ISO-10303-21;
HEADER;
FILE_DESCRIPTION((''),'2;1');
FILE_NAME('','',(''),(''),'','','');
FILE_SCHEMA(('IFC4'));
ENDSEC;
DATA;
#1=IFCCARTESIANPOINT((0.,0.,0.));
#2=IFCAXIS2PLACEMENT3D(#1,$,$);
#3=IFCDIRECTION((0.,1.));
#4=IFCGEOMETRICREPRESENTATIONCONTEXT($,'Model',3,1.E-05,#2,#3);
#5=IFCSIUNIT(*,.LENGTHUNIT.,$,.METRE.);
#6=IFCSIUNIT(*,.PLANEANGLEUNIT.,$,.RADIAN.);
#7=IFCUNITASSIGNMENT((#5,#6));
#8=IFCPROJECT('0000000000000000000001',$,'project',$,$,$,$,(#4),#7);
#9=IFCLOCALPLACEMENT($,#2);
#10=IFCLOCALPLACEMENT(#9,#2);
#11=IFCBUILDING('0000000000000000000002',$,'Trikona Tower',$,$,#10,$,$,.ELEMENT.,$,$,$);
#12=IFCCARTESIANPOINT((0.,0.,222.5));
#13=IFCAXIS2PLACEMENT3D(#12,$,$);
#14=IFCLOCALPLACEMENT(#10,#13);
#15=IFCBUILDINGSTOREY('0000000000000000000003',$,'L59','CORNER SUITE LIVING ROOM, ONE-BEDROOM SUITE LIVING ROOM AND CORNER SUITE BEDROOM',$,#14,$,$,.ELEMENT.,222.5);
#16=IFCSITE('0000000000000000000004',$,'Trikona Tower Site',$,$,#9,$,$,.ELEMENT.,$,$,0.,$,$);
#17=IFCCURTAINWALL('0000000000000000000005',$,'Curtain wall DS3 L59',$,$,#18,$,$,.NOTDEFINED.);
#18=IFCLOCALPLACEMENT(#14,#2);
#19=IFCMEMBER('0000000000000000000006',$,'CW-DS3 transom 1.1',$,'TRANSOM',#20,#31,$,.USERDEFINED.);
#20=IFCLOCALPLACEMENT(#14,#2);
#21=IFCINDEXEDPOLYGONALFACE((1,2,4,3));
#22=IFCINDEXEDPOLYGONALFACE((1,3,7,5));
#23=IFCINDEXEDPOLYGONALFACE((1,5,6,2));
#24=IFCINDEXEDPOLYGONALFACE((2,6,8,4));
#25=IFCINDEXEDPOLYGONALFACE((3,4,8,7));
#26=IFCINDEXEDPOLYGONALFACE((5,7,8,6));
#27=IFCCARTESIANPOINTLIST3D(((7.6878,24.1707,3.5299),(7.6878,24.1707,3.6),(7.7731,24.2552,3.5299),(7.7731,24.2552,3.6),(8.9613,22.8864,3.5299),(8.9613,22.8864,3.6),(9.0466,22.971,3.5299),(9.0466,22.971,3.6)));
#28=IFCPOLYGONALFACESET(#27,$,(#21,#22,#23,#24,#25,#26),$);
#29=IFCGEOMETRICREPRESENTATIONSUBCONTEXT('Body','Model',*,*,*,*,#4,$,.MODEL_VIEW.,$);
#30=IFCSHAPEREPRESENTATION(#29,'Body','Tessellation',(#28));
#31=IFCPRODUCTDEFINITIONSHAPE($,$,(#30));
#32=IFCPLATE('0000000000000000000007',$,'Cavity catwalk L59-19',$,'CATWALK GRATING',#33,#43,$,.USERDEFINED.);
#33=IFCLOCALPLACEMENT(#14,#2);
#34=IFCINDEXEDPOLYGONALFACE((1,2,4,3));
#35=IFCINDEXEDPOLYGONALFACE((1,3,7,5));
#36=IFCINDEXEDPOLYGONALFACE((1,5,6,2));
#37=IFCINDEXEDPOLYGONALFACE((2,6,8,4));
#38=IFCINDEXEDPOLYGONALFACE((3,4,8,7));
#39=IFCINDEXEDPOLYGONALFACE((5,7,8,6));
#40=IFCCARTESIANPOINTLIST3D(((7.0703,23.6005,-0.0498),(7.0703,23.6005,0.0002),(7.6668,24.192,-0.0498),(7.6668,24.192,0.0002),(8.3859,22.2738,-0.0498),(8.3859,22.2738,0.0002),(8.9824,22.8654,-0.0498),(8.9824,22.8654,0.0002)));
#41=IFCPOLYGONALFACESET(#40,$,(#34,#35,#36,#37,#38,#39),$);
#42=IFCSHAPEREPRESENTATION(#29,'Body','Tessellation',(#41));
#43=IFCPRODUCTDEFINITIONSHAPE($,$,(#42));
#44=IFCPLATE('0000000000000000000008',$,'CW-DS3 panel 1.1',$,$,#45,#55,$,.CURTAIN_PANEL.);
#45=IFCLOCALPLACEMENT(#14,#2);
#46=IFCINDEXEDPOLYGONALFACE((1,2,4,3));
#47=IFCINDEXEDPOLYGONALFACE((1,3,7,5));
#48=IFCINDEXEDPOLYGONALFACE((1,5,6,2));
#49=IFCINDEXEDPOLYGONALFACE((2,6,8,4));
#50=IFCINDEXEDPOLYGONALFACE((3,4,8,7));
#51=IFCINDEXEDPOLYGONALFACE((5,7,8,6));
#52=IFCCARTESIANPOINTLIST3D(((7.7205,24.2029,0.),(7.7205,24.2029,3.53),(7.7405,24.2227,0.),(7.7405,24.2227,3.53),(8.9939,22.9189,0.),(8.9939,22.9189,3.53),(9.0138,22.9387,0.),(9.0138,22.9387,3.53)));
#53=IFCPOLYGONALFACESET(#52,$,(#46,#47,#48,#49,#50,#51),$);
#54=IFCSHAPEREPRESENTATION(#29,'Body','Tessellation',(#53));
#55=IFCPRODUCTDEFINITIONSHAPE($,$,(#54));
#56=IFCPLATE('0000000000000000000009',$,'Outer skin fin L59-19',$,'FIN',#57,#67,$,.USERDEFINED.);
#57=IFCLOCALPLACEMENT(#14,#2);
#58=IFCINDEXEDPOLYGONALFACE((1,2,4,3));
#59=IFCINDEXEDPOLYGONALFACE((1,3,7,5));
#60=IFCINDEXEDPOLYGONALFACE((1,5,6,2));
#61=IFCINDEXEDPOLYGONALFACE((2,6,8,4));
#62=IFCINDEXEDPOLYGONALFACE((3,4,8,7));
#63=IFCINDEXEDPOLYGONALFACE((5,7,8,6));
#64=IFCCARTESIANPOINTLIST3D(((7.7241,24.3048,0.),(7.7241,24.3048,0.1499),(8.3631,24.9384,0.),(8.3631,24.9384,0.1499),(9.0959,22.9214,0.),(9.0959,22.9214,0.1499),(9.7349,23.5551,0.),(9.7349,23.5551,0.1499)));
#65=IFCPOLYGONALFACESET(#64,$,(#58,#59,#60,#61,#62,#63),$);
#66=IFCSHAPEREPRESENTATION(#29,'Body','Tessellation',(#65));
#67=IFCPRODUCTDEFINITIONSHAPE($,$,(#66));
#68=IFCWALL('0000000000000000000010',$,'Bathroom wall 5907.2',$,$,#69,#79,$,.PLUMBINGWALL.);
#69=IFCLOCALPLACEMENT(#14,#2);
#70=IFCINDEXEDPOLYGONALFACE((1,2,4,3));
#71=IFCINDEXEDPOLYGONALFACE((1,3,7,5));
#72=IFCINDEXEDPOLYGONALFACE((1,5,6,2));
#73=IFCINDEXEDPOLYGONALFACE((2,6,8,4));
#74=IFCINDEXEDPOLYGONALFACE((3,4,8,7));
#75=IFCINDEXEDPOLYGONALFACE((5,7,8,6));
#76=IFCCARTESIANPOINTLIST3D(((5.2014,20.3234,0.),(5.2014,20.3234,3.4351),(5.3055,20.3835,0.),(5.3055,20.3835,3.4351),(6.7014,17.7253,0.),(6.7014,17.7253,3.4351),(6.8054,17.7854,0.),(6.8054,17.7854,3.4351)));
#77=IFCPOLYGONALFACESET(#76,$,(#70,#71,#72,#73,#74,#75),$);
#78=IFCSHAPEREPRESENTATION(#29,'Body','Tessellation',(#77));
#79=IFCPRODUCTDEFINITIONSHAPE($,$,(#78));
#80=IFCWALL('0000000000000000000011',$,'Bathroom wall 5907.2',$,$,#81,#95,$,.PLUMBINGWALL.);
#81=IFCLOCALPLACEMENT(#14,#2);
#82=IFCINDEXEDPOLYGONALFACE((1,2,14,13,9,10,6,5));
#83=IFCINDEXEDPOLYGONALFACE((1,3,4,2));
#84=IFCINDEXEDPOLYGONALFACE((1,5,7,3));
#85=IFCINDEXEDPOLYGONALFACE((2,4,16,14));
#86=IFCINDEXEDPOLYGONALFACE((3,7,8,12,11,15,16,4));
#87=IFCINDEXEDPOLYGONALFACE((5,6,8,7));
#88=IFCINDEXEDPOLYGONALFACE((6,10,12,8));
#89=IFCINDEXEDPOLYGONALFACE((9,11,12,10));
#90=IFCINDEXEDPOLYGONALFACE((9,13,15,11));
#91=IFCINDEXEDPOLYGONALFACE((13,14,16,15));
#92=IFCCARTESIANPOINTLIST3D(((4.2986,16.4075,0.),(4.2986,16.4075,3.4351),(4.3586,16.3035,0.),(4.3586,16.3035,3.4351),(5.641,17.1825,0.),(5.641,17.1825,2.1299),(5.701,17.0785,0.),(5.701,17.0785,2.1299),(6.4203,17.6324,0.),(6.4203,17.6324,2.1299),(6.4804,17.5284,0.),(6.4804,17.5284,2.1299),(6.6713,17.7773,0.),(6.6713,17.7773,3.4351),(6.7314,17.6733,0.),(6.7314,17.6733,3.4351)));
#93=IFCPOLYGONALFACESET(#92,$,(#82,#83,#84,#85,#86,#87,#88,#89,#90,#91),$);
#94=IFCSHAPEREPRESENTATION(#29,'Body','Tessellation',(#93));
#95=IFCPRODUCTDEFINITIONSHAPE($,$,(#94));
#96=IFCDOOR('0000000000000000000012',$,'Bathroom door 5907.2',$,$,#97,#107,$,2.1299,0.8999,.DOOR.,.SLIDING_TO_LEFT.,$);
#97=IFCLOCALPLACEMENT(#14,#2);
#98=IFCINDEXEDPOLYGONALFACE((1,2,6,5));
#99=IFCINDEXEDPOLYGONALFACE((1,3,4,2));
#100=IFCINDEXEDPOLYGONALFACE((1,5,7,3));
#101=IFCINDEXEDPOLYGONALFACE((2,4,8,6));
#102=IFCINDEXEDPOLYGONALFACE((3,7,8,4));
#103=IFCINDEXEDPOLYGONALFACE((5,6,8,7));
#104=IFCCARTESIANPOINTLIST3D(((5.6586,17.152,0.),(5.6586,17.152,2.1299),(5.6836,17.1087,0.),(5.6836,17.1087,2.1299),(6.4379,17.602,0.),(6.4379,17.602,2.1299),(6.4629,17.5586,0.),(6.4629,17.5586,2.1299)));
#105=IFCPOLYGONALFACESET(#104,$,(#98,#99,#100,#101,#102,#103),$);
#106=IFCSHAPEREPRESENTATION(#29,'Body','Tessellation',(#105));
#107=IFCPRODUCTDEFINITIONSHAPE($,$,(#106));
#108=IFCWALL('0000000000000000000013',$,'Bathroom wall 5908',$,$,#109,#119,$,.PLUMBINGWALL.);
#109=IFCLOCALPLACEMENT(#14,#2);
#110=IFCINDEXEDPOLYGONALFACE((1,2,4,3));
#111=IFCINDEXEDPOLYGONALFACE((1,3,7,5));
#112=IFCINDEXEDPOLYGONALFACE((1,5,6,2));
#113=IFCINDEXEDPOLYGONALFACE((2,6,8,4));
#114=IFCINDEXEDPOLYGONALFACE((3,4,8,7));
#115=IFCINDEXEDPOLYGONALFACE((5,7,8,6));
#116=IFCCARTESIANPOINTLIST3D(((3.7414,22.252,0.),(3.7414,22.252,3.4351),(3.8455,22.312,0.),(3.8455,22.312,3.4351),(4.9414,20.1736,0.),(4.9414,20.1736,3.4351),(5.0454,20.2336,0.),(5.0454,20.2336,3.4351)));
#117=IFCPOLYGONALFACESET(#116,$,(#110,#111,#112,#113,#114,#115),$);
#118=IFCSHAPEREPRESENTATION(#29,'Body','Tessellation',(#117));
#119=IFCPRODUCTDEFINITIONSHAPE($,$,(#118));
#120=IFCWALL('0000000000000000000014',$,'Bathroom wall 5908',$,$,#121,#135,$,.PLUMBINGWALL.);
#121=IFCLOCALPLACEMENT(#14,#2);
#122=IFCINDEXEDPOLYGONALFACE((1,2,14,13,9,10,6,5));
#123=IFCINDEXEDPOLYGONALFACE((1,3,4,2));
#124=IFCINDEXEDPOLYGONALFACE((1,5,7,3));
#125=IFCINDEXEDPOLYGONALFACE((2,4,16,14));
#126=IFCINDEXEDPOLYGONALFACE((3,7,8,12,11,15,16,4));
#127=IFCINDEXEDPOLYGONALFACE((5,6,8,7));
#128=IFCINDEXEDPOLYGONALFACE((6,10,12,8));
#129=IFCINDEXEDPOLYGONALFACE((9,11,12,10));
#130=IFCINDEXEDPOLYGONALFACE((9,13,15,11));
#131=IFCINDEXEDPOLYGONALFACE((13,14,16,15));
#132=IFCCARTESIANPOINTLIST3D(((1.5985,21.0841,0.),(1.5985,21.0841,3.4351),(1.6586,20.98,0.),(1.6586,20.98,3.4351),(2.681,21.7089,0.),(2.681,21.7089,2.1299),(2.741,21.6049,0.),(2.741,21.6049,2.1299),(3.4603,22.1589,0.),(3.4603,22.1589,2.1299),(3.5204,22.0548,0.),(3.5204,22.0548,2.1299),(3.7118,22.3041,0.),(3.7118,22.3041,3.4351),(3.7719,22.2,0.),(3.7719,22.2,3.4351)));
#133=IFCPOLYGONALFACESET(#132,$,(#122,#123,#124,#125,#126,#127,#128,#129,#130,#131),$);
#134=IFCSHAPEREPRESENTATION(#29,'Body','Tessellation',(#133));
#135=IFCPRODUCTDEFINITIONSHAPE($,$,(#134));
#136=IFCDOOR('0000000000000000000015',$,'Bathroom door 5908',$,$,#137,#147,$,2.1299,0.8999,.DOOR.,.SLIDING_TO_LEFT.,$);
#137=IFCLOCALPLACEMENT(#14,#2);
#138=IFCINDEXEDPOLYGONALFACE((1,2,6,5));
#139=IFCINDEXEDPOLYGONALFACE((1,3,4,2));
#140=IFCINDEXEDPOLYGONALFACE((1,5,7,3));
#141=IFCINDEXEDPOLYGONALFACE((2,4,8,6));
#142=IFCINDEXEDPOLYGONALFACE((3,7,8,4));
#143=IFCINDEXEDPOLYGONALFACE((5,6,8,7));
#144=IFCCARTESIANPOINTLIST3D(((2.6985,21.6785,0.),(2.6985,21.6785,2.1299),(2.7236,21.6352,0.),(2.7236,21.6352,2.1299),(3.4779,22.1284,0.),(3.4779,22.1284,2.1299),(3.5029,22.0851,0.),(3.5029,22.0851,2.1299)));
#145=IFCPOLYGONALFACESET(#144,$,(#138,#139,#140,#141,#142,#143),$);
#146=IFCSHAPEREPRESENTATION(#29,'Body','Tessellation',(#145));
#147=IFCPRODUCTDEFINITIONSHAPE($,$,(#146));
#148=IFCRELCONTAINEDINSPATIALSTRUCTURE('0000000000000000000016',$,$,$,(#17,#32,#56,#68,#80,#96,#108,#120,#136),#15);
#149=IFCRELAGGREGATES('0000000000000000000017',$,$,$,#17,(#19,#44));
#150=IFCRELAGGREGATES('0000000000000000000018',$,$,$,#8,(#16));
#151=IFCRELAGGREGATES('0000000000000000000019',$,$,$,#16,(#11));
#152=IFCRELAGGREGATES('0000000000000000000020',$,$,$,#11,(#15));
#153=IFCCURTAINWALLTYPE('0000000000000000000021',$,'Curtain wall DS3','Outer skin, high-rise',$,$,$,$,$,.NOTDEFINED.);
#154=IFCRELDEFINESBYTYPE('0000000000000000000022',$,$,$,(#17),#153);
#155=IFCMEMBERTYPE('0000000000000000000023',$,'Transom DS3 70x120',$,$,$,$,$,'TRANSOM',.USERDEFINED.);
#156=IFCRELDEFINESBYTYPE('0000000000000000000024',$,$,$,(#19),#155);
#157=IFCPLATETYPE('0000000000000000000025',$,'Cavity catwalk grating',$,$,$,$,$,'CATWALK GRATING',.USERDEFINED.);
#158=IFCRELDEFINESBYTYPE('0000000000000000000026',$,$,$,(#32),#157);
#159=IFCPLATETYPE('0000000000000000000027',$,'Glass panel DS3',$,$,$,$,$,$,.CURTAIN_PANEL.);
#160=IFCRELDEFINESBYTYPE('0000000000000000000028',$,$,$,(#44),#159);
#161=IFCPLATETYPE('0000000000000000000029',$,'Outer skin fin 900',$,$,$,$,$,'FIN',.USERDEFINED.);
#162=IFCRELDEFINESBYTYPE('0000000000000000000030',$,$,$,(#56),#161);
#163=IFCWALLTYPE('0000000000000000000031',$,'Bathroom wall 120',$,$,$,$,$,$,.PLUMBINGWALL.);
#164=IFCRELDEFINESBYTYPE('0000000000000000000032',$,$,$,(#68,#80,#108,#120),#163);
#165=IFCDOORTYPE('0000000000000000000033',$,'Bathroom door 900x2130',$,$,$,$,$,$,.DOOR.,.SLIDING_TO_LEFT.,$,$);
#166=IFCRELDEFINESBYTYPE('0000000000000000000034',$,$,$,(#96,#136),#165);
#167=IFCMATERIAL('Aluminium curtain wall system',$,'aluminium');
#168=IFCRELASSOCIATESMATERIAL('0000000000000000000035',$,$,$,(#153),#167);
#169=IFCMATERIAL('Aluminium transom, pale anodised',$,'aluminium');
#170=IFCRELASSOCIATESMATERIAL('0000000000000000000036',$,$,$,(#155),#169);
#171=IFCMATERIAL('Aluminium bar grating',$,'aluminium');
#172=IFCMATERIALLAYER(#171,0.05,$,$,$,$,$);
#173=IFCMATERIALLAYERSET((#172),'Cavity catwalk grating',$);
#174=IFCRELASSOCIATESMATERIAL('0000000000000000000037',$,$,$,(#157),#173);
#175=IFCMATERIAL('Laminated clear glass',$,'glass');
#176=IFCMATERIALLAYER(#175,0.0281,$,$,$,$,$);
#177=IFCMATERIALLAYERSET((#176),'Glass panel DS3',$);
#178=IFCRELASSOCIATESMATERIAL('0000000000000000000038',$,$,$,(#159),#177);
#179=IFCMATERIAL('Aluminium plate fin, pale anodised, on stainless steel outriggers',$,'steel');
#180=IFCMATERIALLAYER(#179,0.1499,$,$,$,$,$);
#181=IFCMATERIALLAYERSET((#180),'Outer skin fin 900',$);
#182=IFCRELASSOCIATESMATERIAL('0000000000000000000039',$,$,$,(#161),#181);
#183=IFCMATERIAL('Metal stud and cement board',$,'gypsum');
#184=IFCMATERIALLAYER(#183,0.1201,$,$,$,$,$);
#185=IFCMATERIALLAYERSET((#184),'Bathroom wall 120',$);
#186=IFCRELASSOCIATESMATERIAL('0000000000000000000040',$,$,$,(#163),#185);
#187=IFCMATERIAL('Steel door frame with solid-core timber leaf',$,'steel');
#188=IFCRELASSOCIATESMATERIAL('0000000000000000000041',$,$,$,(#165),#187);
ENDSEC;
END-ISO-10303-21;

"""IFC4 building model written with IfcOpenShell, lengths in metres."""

from ifc_helpers import new_model, si_unit, direction, frame, frame_2d, origin, origin_2d, place, context, subcontext, project, spatial, rectangle, extrude, material, layer, layer_set, material_profile, profile_set, type_object, element, fill, aggregate, save


model = new_model("IFC4")

# Units and contexts
model_context = context("Model", 3, precision=1e-05, world=origin(), true_north=direction((0.0, 1.0)))
body_context = subcontext(model_context, "Body", "Model", "MODEL_VIEW")
ifc_project = project(units=[si_unit("LENGTHUNIT", "METRE"), si_unit("PLANEANGLEUNIT", "RADIAN")], contexts=[model_context])

# Site, building, storey
site_placement = place(None, origin())
site = spatial("IfcSite", under=ifc_project, at=site_placement, Name="Trikona Tower Site", CompositionType="ELEMENT", RefElevation=0.0)
building_placement = place(site_placement, origin())
building = spatial("IfcBuilding", under=site, at=building_placement, Name="Trikona Tower", CompositionType="ELEMENT")
storey_placement = place(building_placement, frame((0.0, 0.0, 222.5)))
storey = spatial("IfcBuildingStorey", under=building, at=storey_placement, Name="L59", Description="CORNER SUITE LIVING ROOM, ONE-BEDROOM SUITE LIVING ROOM AND CORNER SUITE BEDROOM", CompositionType="ELEMENT", Elevation=222.5)

# Shared definitions
ifc_material_1 = material(Name="Aluminium curtain wall system", Category="aluminium")
curtain_wall_type = type_object("IfcCurtainWallType", Name="Curtain wall DS3", Description="Outer skin, high-rise", PredefinedType="NOTDEFINED", material=ifc_material_1)

# Curtain wall
curtain_wall_1_placement = place(storey_placement, origin())
curtain_wall_1 = element("IfcCurtainWall", 1, at=curtain_wall_1_placement, inside=storey, type_object=curtain_wall_type, Name="Curtain wall DS3 L59", PredefinedType="NOTDEFINED")

# Member
ifc_material_2 = material(Name="Aluminium transom, pale anodised", Category="aluminium")
ifc_material_profile_1 = material_profile(ifc_material_2, rectangle(XDim=0.1201, YDim=0.0701, at=origin_2d()), Name="TRN-DS3")
ifc_profile_set_1 = profile_set([ifc_material_profile_1], Name="Aluminium transom, pale anodised")
member_type_1 = type_object("IfcMemberType", Name="Transom DS3 70x120", ElementType="TRANSOM", PredefinedType="USERDEFINED", material=ifc_profile_set_1)
member_1_placement = place(storey_placement, frame((9.0039, 22.9287, 3.5649), z_axis=(-0.704131, 0.71007, 0.0), x_axis=(-0.71007, -0.704131, 0.0)))
member_1 = element("IfcMember", 2, at=member_1_placement, type_object=member_type_1, Name="CW-DS3 transom 1.1", ObjectType="TRANSOM", PredefinedType="USERDEFINED", context=body_context, shape_type="SweptSolid", body=[
    extrude(rectangle(XDim=0.1201, YDim=0.0701, at=origin_2d()), origin(), (0.0, 0.0, 1.0), 1.8086),
])

# Plates
ifc_material_3 = material(Name="Aluminium bar grating", Category="aluminium")
ifc_layer_1 = layer(ifc_material_3, 0.05)
ifc_layer_set_1 = layer_set([ifc_layer_1], Name="Cavity catwalk grating")
plate_type_1 = type_object("IfcPlateType", Name="Cavity catwalk grating", ElementType="CATWALK GRATING", PredefinedType="USERDEFINED", material=ifc_layer_set_1)
plate_1_placement = place(storey_placement, frame((8.0264, 23.2329, -0.0498), z_axis=(0.0, 0.0, 1.0), x_axis=(-0.704151, 0.71005, 0.0)))
element("IfcPlate", 3, at=plate_1_placement, inside=storey, type_object=plate_type_1, Name="Cavity catwalk L59-19", ObjectType="CATWALK GRATING", PredefinedType="USERDEFINED", context=body_context, shape_type="SweptSolid", body=[
    extrude(rectangle(XDim=1.8684, YDim=0.8401, at=origin_2d()), origin(), (0.0, 0.0, 1.0), 0.05),
])
ifc_material_4 = material(Name="Laminated clear glass", Category="glass")
ifc_layer_2 = layer(ifc_material_4, 0.0281)
ifc_layer_set_2 = layer_set([ifc_layer_2], Name="Glass panel DS3")
plate_type_2 = type_object("IfcPlateType", Name="Glass panel DS3", PredefinedType="CURTAIN_PANEL", material=ifc_layer_set_2)
plate_2_placement = place(storey_placement, frame((8.3672, 23.5708, 0.0), z_axis=(0.0, 0.0, 1.0), x_axis=(-0.704149, 0.710052, 0.0)))
plate_2 = element("IfcPlate", 4, at=plate_2_placement, type_object=plate_type_2, Name="CW-DS3 panel 1.1", PredefinedType="CURTAIN_PANEL", context=body_context, shape_type="SweptSolid", body=[
    extrude(rectangle(XDim=1.8083, YDim=0.0281, at=origin_2d()), origin(), (0.0, 0.0, 1.0), 3.53),
])
aggregate(curtain_wall_1, [member_1, plate_2])
ifc_material_5 = material(Name="Aluminium plate fin, pale anodised, on stainless steel outriggers", Category="steel")
ifc_layer_3 = layer(ifc_material_5, 0.1499)
ifc_layer_set_3 = layer_set([ifc_layer_3], Name="Outer skin fin 900")
plate_type_3 = type_object("IfcPlateType", Name="Outer skin fin 900", ElementType="FIN", PredefinedType="USERDEFINED", material=ifc_layer_set_3)
plate_3_placement = place(storey_placement, frame((8.7295, 23.9299, 0.0), z_axis=(0.0, 0.0, 1.0), x_axis=(-0.704151, 0.71005, 0.0)))
element("IfcPlate", 5, at=plate_3_placement, inside=storey, type_object=plate_type_3, Name="Outer skin fin L59-19", ObjectType="FIN", PredefinedType="USERDEFINED", context=body_context, shape_type="SweptSolid", body=[
    extrude(rectangle(XDim=1.9482, YDim=0.8999, at=origin_2d()), origin(), (0.0, 0.0, 1.0), 0.1499),
])

# Wall
ifc_material_6 = material(Name="Metal stud and cement board", Category="gypsum")
ifc_layer_4 = layer(ifc_material_6, 0.1201)
ifc_layer_set_4 = layer_set([ifc_layer_4], Name="Bathroom wall 120")
wall_type_1 = type_object("IfcWallType", Name="Bathroom wall 120", PredefinedType="PLUMBINGWALL", material=ifc_layer_set_4)
wall_1_placement = place(storey_placement, frame((6.7534, 17.7554, 0.0), z_axis=(0.0, 0.0, 1.0), x_axis=(-0.49999, 0.866031, 0.0)))
element("IfcWall", 6, at=wall_1_placement, inside=storey, type_object=wall_type_1, Name="Bathroom wall 5907.2", PredefinedType="PLUMBINGWALL", context=body_context, shape_type="SweptSolid", body=[
    extrude(rectangle(XDim=3.0, YDim=0.1201, at=frame_2d((1.5, 0.0))), origin(), (0.0, 0.0, 1.0), 3.4351),
])

# Wall, opening, door
wall_2_placement = place(storey_placement, frame((4.3286, 16.3555, 0.0), z_axis=(0.0, 0.0, 1.0), x_axis=(0.866036, 0.499982, 0.0)))
wall_2 = element("IfcWall", 7, at=wall_2_placement, inside=storey, type_object=wall_type_1, Name="Bathroom wall 5907.2", PredefinedType="PLUMBINGWALL", context=body_context, shape_type="SweptSolid", body=[
    extrude(rectangle(XDim=2.7397, YDim=0.1201, at=frame_2d((1.3699, 0.0))), origin(), (0.0, 0.0, 1.0), 3.4351),
])
opening_1_placement = place(wall_2_placement, frame((1.55, 0.0, 0.0)))
opening_1 = element("IfcOpeningElement", 8, at=opening_1_placement, cuts=wall_2, PredefinedType="OPENING", context=body_context, shape_type="SweptSolid", body=[
    extrude(rectangle(XDim=0.8999, YDim=2.1299, at=frame_2d((0.45, 1.0649))), frame((0.0, 0.0701, 0.0), z_axis=(0.0, -1.0, 0.0), x_axis=(1.0, 0.0, 0.0)), (0.0, 0.0, 1.0), 0.1401),
])
ifc_material_7 = material(Name="Steel door frame with solid-core timber leaf", Category="steel")
door_type_1 = type_object("IfcDoorType", Name="Bathroom door 900x2130", OperationType="SLIDING_TO_LEFT", PredefinedType="DOOR", material=ifc_material_7)
door_1_placement = place(opening_1_placement, origin())
door_1 = element("IfcDoor", 9, at=door_1_placement, inside=storey, type_object=door_type_1, Name="Bathroom door 5907.2", OperationType="SLIDING_TO_LEFT", OverallHeight=2.1299, OverallWidth=0.8999, PredefinedType="DOOR", context=body_context, shape_type="SweptSolid", body=[
    extrude(rectangle(XDim=0.8999, YDim=2.1299, at=frame_2d((0.45, 1.0649))), frame((0.0, 0.0249, 0.0), z_axis=(0.0, -1.0, 0.0), x_axis=(1.0, 0.0, 0.0)), (0.0, 0.0, 1.0), 0.05),
])
fill(opening_1, door_1)

# Wall
wall_3_placement = place(storey_placement, frame((4.9934, 20.2036, 0.0), z_axis=(0.0, 0.0, 1.0), x_axis=(-0.500001, 0.866025, 0.0)))
element("IfcWall", 10, at=wall_3_placement, inside=storey, type_object=wall_type_1, Name="Bathroom wall 5908", PredefinedType="PLUMBINGWALL", context=body_context, shape_type="SweptSolid", body=[
    extrude(rectangle(XDim=2.3999, YDim=0.1201, at=frame_2d((1.2, 0.0))), origin(), (0.0, 0.0, 1.0), 3.4351),
])

# Wall, opening, door
wall_4_placement = place(storey_placement, frame((1.6284, 21.032, 0.0), z_axis=(0.0, 0.0, 1.0), x_axis=(0.866049, 0.499959, 0.0)))
wall_4 = element("IfcWall", 11, at=wall_4_placement, inside=storey, type_object=wall_type_1, Name="Bathroom wall 5908", PredefinedType="PLUMBINGWALL", context=body_context, shape_type="SweptSolid", body=[
    extrude(rectangle(XDim=2.4402, YDim=0.1201, at=frame_2d((1.2202, 0.0))), origin(), (0.0, 0.0, 1.0), 3.4351),
])
opening_2_placement = place(wall_4_placement, frame((1.25, 0.0, 0.0)))
opening_2 = element("IfcOpeningElement", 12, at=opening_2_placement, cuts=wall_4, PredefinedType="OPENING", context=body_context, shape_type="SweptSolid", body=[
    extrude(rectangle(XDim=0.8999, YDim=2.1299, at=frame_2d((0.45, 1.0649))), frame((0.0, 0.0701, 0.0), z_axis=(0.0, -1.0, 0.0), x_axis=(1.0, 0.0, 0.0)), (0.0, 0.0, 1.0), 0.1401),
])
door_2_placement = place(opening_2_placement, origin())
door_2 = element("IfcDoor", 13, at=door_2_placement, inside=storey, type_object=door_type_1, Name="Bathroom door 5908", OperationType="SLIDING_TO_LEFT", OverallHeight=2.1299, OverallWidth=0.8999, PredefinedType="DOOR", context=body_context, shape_type="SweptSolid", body=[
    extrude(rectangle(XDim=0.8999, YDim=2.1299, at=frame_2d((0.45, 1.0649))), frame((0.0, 0.0249, 0.0), z_axis=(0.0, -1.0, 0.0), x_axis=(1.0, 0.0, 0.0)), (0.0, 0.0, 1.0), 0.05),
])
fill(opening_2, door_2)

save(model, "model.ifc")
